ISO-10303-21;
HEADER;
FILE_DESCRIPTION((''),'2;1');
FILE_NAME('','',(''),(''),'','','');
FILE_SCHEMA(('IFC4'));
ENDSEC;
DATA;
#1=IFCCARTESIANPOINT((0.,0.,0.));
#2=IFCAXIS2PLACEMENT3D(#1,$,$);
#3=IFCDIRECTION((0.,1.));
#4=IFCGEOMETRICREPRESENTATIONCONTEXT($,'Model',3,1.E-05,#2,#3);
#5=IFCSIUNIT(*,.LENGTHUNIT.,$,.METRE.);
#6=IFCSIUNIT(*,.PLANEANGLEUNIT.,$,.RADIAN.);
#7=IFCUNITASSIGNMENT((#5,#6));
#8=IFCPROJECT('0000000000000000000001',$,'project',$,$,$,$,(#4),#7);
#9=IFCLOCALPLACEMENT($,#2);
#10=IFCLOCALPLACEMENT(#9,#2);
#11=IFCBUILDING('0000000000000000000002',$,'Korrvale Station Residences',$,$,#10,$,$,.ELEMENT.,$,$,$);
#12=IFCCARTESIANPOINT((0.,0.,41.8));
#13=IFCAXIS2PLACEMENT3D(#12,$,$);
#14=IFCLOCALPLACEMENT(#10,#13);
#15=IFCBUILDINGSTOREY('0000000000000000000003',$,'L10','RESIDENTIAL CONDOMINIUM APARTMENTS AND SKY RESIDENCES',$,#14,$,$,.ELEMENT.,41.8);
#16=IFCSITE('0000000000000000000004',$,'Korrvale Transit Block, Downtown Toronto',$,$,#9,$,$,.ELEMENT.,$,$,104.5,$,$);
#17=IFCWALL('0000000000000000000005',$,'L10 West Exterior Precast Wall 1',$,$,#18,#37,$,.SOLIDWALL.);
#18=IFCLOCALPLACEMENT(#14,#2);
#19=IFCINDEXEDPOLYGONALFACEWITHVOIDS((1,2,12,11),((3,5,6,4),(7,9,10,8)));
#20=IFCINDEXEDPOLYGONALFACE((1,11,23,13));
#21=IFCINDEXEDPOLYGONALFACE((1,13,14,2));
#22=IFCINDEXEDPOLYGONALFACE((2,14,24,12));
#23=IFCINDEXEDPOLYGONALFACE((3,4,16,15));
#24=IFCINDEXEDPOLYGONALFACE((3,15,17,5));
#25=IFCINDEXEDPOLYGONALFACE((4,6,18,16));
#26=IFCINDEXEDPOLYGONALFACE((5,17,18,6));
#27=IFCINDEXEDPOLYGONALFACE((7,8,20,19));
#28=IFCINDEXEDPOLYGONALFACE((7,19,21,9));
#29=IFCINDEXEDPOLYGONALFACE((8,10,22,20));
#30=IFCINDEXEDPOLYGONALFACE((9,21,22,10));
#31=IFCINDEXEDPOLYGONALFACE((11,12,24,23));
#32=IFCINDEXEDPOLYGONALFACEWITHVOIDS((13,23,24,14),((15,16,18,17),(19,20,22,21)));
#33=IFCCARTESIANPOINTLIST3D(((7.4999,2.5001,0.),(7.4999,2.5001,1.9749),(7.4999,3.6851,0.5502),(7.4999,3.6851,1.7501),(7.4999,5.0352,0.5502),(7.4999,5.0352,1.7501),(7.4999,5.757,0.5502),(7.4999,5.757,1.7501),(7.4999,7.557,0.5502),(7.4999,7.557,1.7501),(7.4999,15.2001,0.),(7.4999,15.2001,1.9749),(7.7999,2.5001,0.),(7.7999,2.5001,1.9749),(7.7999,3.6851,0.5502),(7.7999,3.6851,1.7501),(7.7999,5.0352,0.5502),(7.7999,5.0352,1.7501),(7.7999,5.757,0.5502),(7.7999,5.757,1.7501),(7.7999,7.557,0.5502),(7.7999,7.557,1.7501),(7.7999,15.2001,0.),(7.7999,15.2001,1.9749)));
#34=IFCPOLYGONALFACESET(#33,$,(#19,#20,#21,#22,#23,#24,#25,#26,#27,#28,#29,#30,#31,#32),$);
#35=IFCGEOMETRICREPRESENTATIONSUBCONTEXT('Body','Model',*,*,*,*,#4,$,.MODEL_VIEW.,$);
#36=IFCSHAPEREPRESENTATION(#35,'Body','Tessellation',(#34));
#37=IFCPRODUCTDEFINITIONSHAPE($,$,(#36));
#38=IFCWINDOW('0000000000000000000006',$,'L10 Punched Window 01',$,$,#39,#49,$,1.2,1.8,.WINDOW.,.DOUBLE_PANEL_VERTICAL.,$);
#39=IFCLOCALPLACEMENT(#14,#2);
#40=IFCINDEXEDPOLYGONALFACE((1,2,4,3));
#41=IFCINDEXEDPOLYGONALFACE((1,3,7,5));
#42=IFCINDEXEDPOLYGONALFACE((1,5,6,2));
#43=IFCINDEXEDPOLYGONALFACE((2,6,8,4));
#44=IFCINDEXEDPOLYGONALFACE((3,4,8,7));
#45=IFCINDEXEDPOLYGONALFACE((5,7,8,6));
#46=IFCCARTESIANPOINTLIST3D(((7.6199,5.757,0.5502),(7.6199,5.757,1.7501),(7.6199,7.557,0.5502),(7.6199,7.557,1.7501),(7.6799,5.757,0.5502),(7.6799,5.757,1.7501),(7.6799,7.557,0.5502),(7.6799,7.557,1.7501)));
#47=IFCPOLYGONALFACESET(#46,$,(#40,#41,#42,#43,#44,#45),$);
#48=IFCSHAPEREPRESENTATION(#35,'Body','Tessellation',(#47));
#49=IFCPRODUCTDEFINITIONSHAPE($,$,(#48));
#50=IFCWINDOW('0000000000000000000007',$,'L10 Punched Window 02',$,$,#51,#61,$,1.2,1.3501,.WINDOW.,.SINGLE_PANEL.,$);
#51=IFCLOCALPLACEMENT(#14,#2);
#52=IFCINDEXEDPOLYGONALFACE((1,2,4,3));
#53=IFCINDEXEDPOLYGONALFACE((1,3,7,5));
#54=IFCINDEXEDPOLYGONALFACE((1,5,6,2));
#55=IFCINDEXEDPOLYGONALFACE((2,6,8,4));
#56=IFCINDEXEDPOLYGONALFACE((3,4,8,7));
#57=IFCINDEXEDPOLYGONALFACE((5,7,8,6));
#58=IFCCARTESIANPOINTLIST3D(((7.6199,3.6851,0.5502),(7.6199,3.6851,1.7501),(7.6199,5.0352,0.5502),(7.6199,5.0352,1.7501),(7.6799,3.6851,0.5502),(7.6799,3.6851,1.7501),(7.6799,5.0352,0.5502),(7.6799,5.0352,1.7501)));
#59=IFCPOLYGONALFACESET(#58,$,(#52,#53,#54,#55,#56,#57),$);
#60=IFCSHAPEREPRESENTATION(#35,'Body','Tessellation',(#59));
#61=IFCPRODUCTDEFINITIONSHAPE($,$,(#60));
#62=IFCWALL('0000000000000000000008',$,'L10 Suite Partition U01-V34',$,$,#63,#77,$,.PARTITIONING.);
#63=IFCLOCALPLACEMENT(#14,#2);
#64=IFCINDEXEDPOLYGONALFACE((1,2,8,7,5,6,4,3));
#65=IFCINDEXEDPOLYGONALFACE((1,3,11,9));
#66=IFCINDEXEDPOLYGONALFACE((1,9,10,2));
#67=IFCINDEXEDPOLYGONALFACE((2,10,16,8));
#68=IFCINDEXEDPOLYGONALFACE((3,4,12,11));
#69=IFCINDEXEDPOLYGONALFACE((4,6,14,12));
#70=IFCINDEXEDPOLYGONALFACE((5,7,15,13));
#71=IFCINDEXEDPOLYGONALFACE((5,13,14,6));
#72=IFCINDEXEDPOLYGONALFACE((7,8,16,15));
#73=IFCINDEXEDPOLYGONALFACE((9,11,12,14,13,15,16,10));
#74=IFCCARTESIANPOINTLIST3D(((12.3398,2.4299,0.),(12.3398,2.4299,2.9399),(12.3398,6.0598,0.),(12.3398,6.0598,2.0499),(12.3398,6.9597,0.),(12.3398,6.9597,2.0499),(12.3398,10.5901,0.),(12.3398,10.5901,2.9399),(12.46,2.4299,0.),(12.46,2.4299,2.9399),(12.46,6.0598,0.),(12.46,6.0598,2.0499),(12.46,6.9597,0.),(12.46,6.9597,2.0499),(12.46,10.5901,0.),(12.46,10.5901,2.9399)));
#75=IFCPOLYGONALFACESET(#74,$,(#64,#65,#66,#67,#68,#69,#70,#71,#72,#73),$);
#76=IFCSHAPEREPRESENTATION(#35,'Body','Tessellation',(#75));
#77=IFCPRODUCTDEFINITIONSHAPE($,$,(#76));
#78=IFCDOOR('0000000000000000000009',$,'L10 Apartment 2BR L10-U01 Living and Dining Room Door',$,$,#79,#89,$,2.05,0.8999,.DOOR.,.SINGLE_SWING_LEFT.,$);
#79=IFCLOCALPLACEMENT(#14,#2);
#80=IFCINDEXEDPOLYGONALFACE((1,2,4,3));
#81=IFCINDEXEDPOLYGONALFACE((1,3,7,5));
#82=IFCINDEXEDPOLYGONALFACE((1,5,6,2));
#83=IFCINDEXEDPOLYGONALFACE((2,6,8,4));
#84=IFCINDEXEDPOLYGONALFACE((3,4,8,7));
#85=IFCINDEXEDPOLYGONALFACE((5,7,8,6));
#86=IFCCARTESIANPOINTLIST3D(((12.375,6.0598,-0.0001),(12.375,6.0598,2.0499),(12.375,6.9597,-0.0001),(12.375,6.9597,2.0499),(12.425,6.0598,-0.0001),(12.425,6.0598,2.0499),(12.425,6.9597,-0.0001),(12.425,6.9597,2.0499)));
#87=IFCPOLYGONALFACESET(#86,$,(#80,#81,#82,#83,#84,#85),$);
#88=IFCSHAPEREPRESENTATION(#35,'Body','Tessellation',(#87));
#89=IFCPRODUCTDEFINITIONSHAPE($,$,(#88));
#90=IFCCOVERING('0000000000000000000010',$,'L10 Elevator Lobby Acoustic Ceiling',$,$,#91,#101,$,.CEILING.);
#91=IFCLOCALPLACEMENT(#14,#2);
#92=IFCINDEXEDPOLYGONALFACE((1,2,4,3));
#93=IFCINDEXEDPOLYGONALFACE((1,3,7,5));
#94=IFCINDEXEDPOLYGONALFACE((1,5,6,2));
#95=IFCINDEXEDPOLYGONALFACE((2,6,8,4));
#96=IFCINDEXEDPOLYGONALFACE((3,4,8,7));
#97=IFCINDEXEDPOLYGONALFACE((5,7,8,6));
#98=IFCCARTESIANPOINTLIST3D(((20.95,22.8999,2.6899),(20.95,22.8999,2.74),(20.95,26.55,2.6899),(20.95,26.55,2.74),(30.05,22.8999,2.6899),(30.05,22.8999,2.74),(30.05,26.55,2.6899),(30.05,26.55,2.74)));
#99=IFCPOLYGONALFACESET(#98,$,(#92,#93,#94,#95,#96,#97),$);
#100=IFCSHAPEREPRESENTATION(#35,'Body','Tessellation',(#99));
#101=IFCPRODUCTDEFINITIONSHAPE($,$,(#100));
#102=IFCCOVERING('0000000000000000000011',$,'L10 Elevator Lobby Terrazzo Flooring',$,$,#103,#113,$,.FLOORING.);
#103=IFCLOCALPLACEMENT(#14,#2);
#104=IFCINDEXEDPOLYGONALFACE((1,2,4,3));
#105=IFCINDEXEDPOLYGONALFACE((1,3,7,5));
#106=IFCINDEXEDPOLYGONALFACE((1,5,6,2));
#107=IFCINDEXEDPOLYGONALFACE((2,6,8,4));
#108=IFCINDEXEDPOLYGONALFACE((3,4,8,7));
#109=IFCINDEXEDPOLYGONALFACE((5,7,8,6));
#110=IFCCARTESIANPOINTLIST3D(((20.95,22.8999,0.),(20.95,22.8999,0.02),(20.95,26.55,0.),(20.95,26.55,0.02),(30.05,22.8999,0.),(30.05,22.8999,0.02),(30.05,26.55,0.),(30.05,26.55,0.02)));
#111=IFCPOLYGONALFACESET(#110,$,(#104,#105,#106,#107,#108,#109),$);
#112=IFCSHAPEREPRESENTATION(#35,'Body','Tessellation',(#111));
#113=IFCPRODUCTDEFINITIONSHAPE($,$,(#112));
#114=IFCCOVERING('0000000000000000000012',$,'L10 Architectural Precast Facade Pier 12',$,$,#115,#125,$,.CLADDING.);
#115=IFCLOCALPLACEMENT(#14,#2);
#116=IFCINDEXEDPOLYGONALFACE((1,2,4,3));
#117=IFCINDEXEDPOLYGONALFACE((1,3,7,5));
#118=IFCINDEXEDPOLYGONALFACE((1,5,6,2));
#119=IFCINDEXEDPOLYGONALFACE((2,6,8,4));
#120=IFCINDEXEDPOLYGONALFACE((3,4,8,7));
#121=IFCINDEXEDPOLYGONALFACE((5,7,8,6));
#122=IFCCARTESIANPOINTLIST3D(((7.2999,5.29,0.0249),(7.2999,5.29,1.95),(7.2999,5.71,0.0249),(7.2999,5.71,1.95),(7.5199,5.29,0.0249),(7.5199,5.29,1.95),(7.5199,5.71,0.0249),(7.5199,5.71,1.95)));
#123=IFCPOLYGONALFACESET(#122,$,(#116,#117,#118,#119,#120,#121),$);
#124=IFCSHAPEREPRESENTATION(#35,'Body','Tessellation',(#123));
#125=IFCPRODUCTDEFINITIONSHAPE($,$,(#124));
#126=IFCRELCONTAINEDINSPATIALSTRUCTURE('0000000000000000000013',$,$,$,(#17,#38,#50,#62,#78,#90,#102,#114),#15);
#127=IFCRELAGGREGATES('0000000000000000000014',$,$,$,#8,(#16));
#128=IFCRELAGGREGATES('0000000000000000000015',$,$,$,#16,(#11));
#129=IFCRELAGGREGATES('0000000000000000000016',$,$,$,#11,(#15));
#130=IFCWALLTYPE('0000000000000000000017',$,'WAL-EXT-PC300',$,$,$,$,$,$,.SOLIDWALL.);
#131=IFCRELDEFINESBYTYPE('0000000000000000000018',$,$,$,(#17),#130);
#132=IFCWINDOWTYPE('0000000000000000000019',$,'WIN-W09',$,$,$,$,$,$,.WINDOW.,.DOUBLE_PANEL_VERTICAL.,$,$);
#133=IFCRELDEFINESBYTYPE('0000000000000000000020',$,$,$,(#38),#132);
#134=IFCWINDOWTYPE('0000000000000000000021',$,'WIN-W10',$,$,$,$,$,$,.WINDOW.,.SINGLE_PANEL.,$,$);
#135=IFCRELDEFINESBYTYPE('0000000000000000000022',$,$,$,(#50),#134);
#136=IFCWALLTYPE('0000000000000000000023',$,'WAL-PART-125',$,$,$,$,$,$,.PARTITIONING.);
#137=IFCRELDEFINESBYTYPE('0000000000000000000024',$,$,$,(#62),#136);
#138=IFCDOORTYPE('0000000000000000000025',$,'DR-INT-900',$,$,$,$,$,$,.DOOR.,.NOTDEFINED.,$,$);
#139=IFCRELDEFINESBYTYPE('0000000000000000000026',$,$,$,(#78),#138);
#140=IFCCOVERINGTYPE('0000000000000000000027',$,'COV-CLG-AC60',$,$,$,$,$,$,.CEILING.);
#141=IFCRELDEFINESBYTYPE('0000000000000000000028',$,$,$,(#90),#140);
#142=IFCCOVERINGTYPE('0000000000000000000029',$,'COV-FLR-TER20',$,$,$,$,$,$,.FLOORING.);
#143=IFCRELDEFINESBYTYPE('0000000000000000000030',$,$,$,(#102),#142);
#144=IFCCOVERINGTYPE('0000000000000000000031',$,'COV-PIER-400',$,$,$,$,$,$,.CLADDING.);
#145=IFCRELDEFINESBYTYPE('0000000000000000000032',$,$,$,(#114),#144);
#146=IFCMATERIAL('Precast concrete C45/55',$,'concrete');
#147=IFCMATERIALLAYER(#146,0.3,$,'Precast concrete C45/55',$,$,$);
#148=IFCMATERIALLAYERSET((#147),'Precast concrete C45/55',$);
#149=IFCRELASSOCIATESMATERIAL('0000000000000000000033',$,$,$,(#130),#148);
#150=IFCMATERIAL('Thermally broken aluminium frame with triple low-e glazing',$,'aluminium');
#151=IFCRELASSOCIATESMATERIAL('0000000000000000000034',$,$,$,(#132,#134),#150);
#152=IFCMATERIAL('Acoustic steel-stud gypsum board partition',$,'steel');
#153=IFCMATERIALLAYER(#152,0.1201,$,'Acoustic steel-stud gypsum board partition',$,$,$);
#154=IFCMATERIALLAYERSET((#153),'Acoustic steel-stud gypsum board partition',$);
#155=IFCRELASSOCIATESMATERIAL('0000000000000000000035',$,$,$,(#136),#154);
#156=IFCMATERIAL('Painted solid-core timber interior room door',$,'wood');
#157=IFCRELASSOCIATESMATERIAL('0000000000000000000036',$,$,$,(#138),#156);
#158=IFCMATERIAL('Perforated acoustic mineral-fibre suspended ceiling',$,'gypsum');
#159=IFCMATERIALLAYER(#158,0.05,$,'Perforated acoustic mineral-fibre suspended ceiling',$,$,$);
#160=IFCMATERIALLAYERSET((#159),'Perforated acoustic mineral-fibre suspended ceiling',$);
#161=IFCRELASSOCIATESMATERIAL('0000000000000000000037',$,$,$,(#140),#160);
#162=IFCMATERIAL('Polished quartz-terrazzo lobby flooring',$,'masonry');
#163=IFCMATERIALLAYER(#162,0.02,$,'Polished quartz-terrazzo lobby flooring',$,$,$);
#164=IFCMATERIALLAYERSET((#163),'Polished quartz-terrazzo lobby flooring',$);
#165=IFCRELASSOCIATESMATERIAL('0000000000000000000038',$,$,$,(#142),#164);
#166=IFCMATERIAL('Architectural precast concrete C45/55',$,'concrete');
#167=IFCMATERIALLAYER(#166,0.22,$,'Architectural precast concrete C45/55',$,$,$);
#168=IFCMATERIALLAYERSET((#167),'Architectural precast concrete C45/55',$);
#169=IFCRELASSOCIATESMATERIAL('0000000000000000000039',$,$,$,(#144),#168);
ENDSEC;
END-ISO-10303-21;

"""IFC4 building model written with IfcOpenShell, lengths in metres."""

from ifc_helpers import new_model, si_unit, direction, frame, frame_2d, origin, origin_2d, place, context, subcontext, project, spatial, polyline, rectangle, outline, extrude, material, layer, layer_set, type_object, element, fill, save


model = new_model("IFC4")

# Units and contexts
model_context = context("Model", 3, precision=1e-05, world=origin(), true_north=direction((0.0, 1.0)))
body_context = subcontext(model_context, "Body", "Model", "MODEL_VIEW")
ifc_project = project(units=[si_unit("LENGTHUNIT", "METRE"), si_unit("PLANEANGLEUNIT", "RADIAN")], contexts=[model_context])

# Site, building, storey
site_placement = place(None, origin())
site = spatial("IfcSite", under=ifc_project, at=site_placement, Name="Korrvale Transit Block, Downtown Toronto", CompositionType="ELEMENT", RefElevation=104.5)
building_placement = place(site_placement, origin())
building = spatial("IfcBuilding", under=site, at=building_placement, Name="Korrvale Station Residences", CompositionType="ELEMENT")
storey_placement = place(building_placement, frame((0.0, 0.0, 41.8)))
storey = spatial("IfcBuildingStorey", under=building, at=storey_placement, Name="L10", Description="RESIDENTIAL CONDOMINIUM APARTMENTS AND SKY RESIDENCES", CompositionType="ELEMENT", Elevation=41.8)

# Shared definitions
ifc_material_1 = material(Name="Precast concrete C45/55", Category="concrete")
ifc_layer_1 = layer(ifc_material_1, 0.3, Name="Precast concrete C45/55")
ifc_layer_set_1 = layer_set([ifc_layer_1], Name="Precast concrete C45/55")
wall_type_1 = type_object("IfcWallType", Name="WAL-EXT-PC300", PredefinedType="SOLIDWALL", material=ifc_layer_set_1)

# Wall, openings, windows
wall_1_placement = place(storey_placement, frame((7.6499, 2.5, 0.0), z_axis=(0.0, 0.0, 1.0), x_axis=(0.0, 1.0, 0.0)))
wall_1 = element("IfcWall", 1, at=wall_1_placement, inside=storey, type_object=wall_type_1, Name="L10 West Exterior Precast Wall 1", PredefinedType="SOLIDWALL", context=body_context, shape_type="SweptSolid", body=[
    extrude(rectangle(XDim=12.7, YDim=0.3, at=frame_2d((6.3501, 0.0))), origin(), (0.0, 0.0, 1.0), 1.9749),
])
opening_1_placement = place(wall_1_placement, frame((3.2571, 0.0, 0.55)))
opening_1 = element("IfcOpeningElement", 2, at=opening_1_placement, cuts=wall_1, PredefinedType="OPENING", context=body_context, shape_type="SweptSolid", body=[
    extrude(rectangle(XDim=1.8, YDim=1.2, at=frame_2d((0.8999, 0.6001))), frame((0.0, 0.1602, 0.0), z_axis=(0.0, -1.0, 0.0), x_axis=(1.0, 0.0, 0.0)), (0.0, 0.0, 1.0), 0.3201),
])
opening_2_placement = place(wall_1_placement, frame((1.1851, 0.0, 0.55)))
opening_2 = element("IfcOpeningElement", 3, at=opening_2_placement, cuts=wall_1, PredefinedType="OPENING", context=body_context, shape_type="SweptSolid", body=[
    extrude(rectangle(XDim=1.3501, YDim=1.2, at=frame_2d((0.675, 0.6001))), frame((0.0, 0.1602, 0.0), z_axis=(0.0, -1.0, 0.0), x_axis=(1.0, 0.0, 0.0)), (0.0, 0.0, 1.0), 0.3201),
])
ifc_material_2 = material(Name="Thermally broken aluminium frame with triple low-e glazing", Category="aluminium")
window_type_1 = type_object("IfcWindowType", Name="WIN-W09", PartitioningType="DOUBLE_PANEL_VERTICAL", PredefinedType="WINDOW", material=ifc_material_2)
window_1_placement = place(opening_1_placement, origin())
window_1 = element("IfcWindow", 4, at=window_1_placement, inside=storey, type_object=window_type_1, Name="L10 Punched Window 01", OverallHeight=1.2, OverallWidth=1.8, PartitioningType="DOUBLE_PANEL_VERTICAL", PredefinedType="WINDOW", context=body_context, shape_type="SweptSolid", body=[
    extrude(rectangle(XDim=1.8, YDim=1.2, at=frame_2d((0.8999, 0.6001))), frame((0.0, 0.03, 0.0), z_axis=(0.0, -1.0, 0.0), x_axis=(1.0, 0.0, 0.0)), (0.0, 0.0, 1.0), 0.0601),
])
fill(opening_1, window_1)
window_type_2 = type_object("IfcWindowType", Name="WIN-W10", PartitioningType="SINGLE_PANEL", PredefinedType="WINDOW", material=ifc_material_2)
window_2_placement = place(opening_2_placement, origin())
window_2 = element("IfcWindow", 5, at=window_2_placement, inside=storey, type_object=window_type_2, Name="L10 Punched Window 02", OverallHeight=1.2, OverallWidth=1.3501, PartitioningType="SINGLE_PANEL", PredefinedType="WINDOW", context=body_context, shape_type="SweptSolid", body=[
    extrude(rectangle(XDim=1.3501, YDim=1.2, at=frame_2d((0.675, 0.6001))), frame((0.0, 0.03, 0.0), z_axis=(0.0, -1.0, 0.0), x_axis=(1.0, 0.0, 0.0)), (0.0, 0.0, 1.0), 0.0601),
])
fill(opening_2, window_2)

# Wall, opening, door
ifc_material_3 = material(Name="Acoustic steel-stud gypsum board partition", Category="steel")
ifc_layer_2 = layer(ifc_material_3, 0.1201, Name="Acoustic steel-stud gypsum board partition")
ifc_layer_set_2 = layer_set([ifc_layer_2], Name="Acoustic steel-stud gypsum board partition")
wall_type_2 = type_object("IfcWallType", Name="WAL-PART-125", PredefinedType="PARTITIONING", material=ifc_layer_set_2)
wall_2_placement = place(storey_placement, frame((12.3999, 2.4299, 0.0), z_axis=(0.0, 0.0, 1.0), x_axis=(0.0, 1.0, 0.0)))
wall_2 = element("IfcWall", 6, at=wall_2_placement, inside=storey, type_object=wall_type_2, Name="L10 Suite Partition U01-V34", PredefinedType="PARTITIONING", context=body_context, shape_type="SweptSolid", body=[
    extrude(rectangle(XDim=8.1602, YDim=0.1201, at=frame_2d((4.0801, 0.0))), origin(), (0.0, 0.0, 1.0), 2.9399),
])
opening_3_placement = place(wall_2_placement, frame((3.6299, 0.0, 0.0)))
opening_3 = element("IfcOpeningElement", 7, at=opening_3_placement, cuts=wall_2, PredefinedType="OPENING", context=body_context, shape_type="SweptSolid", body=[
    extrude(rectangle(XDim=0.8999, YDim=2.05, at=frame_2d((0.45, 1.0249))), frame((0.0, 0.0701, 0.0), z_axis=(0.0, -1.0, 0.0), x_axis=(1.0, 0.0, 0.0)), (0.0, 0.0, 1.0), 0.1401),
])
ifc_material_4 = material(Name="Painted solid-core timber interior room door", Category="wood")
door_type = type_object("IfcDoorType", Name="DR-INT-900", OperationType="NOTDEFINED", PredefinedType="DOOR", material=ifc_material_4)
door_placement = place(opening_3_placement, origin())
door = element("IfcDoor", 8, at=door_placement, inside=storey, type_object=door_type, Name="L10 Apartment 2BR L10-U01 Living and Dining Room Door", OperationType="SINGLE_SWING_LEFT", OverallHeight=2.05, OverallWidth=0.8999, PredefinedType="DOOR", context=body_context, shape_type="SweptSolid", body=[
    extrude(rectangle(XDim=0.8999, YDim=2.05, at=frame_2d((0.45, 1.0249))), frame((0.0, 0.0249, 0.0), z_axis=(0.0, -1.0, 0.0), x_axis=(1.0, 0.0, 0.0)), (0.0, 0.0, 1.0), 0.05),
])
fill(opening_3, door)

# Coverings
ifc_material_5 = material(Name="Perforated acoustic mineral-fibre suspended ceiling", Category="gypsum")
ifc_layer_3 = layer(ifc_material_5, 0.05, Name="Perforated acoustic mineral-fibre suspended ceiling")
ifc_layer_set_3 = layer_set([ifc_layer_3], Name="Perforated acoustic mineral-fibre suspended ceiling")
covering_type_1 = type_object("IfcCoveringType", Name="COV-CLG-AC60", PredefinedType="CEILING", material=ifc_layer_set_3)
covering_1_placement = place(storey_placement, frame((0.0, 0.0, 2.6899)))
element("IfcCovering", 9, at=covering_1_placement, inside=storey, type_object=covering_type_1, Name="L10 Elevator Lobby Acoustic Ceiling", PredefinedType="CEILING", context=body_context, shape_type="SweptSolid", body=[
    extrude(outline(polyline([(20.95, 22.8999), (30.05, 22.8999), (30.05, 26.55), (20.95, 26.55), (20.95, 22.8999)])), origin(), (0.0, 0.0, 1.0), 0.05),
])
ifc_material_6 = material(Name="Polished quartz-terrazzo lobby flooring", Category="masonry")
ifc_layer_4 = layer(ifc_material_6, 0.02, Name="Polished quartz-terrazzo lobby flooring")
ifc_layer_set_4 = layer_set([ifc_layer_4], Name="Polished quartz-terrazzo lobby flooring")
covering_type_2 = type_object("IfcCoveringType", Name="COV-FLR-TER20", PredefinedType="FLOORING", material=ifc_layer_set_4)
covering_2_placement = place(storey_placement, origin())
element("IfcCovering", 10, at=covering_2_placement, inside=storey, type_object=covering_type_2, Name="L10 Elevator Lobby Terrazzo Flooring", PredefinedType="FLOORING", context=body_context, shape_type="SweptSolid", body=[
    extrude(outline(polyline([(20.95, 22.8999), (30.05, 22.8999), (30.05, 26.55), (20.95, 26.55), (20.95, 22.8999)])), origin(), (0.0, 0.0, 1.0), 0.02),
])
ifc_material_7 = material(Name="Architectural precast concrete C45/55", Category="concrete")
ifc_layer_5 = layer(ifc_material_7, 0.22, Name="Architectural precast concrete C45/55")
ifc_layer_set_5 = layer_set([ifc_layer_5], Name="Architectural precast concrete C45/55")
covering_type_3 = type_object("IfcCoveringType", Name="COV-PIER-400", PredefinedType="CLADDING", material=ifc_layer_set_5)
covering_3_placement = place(storey_placement, frame((7.4099, 5.5, 0.0249), z_axis=(0.0, 0.0, 1.0), x_axis=(0.0, 1.0, 0.0)))
element("IfcCovering", 11, at=covering_3_placement, inside=storey, type_object=covering_type_3, Name="L10 Architectural Precast Facade Pier 12", PredefinedType="CLADDING", context=body_context, shape_type="SweptSolid", body=[
    extrude(rectangle(XDim=0.4199, YDim=0.22, at=origin_2d()), origin(), (0.0, 0.0, 1.0), 1.925),
])

save(model, "model.ifc")
